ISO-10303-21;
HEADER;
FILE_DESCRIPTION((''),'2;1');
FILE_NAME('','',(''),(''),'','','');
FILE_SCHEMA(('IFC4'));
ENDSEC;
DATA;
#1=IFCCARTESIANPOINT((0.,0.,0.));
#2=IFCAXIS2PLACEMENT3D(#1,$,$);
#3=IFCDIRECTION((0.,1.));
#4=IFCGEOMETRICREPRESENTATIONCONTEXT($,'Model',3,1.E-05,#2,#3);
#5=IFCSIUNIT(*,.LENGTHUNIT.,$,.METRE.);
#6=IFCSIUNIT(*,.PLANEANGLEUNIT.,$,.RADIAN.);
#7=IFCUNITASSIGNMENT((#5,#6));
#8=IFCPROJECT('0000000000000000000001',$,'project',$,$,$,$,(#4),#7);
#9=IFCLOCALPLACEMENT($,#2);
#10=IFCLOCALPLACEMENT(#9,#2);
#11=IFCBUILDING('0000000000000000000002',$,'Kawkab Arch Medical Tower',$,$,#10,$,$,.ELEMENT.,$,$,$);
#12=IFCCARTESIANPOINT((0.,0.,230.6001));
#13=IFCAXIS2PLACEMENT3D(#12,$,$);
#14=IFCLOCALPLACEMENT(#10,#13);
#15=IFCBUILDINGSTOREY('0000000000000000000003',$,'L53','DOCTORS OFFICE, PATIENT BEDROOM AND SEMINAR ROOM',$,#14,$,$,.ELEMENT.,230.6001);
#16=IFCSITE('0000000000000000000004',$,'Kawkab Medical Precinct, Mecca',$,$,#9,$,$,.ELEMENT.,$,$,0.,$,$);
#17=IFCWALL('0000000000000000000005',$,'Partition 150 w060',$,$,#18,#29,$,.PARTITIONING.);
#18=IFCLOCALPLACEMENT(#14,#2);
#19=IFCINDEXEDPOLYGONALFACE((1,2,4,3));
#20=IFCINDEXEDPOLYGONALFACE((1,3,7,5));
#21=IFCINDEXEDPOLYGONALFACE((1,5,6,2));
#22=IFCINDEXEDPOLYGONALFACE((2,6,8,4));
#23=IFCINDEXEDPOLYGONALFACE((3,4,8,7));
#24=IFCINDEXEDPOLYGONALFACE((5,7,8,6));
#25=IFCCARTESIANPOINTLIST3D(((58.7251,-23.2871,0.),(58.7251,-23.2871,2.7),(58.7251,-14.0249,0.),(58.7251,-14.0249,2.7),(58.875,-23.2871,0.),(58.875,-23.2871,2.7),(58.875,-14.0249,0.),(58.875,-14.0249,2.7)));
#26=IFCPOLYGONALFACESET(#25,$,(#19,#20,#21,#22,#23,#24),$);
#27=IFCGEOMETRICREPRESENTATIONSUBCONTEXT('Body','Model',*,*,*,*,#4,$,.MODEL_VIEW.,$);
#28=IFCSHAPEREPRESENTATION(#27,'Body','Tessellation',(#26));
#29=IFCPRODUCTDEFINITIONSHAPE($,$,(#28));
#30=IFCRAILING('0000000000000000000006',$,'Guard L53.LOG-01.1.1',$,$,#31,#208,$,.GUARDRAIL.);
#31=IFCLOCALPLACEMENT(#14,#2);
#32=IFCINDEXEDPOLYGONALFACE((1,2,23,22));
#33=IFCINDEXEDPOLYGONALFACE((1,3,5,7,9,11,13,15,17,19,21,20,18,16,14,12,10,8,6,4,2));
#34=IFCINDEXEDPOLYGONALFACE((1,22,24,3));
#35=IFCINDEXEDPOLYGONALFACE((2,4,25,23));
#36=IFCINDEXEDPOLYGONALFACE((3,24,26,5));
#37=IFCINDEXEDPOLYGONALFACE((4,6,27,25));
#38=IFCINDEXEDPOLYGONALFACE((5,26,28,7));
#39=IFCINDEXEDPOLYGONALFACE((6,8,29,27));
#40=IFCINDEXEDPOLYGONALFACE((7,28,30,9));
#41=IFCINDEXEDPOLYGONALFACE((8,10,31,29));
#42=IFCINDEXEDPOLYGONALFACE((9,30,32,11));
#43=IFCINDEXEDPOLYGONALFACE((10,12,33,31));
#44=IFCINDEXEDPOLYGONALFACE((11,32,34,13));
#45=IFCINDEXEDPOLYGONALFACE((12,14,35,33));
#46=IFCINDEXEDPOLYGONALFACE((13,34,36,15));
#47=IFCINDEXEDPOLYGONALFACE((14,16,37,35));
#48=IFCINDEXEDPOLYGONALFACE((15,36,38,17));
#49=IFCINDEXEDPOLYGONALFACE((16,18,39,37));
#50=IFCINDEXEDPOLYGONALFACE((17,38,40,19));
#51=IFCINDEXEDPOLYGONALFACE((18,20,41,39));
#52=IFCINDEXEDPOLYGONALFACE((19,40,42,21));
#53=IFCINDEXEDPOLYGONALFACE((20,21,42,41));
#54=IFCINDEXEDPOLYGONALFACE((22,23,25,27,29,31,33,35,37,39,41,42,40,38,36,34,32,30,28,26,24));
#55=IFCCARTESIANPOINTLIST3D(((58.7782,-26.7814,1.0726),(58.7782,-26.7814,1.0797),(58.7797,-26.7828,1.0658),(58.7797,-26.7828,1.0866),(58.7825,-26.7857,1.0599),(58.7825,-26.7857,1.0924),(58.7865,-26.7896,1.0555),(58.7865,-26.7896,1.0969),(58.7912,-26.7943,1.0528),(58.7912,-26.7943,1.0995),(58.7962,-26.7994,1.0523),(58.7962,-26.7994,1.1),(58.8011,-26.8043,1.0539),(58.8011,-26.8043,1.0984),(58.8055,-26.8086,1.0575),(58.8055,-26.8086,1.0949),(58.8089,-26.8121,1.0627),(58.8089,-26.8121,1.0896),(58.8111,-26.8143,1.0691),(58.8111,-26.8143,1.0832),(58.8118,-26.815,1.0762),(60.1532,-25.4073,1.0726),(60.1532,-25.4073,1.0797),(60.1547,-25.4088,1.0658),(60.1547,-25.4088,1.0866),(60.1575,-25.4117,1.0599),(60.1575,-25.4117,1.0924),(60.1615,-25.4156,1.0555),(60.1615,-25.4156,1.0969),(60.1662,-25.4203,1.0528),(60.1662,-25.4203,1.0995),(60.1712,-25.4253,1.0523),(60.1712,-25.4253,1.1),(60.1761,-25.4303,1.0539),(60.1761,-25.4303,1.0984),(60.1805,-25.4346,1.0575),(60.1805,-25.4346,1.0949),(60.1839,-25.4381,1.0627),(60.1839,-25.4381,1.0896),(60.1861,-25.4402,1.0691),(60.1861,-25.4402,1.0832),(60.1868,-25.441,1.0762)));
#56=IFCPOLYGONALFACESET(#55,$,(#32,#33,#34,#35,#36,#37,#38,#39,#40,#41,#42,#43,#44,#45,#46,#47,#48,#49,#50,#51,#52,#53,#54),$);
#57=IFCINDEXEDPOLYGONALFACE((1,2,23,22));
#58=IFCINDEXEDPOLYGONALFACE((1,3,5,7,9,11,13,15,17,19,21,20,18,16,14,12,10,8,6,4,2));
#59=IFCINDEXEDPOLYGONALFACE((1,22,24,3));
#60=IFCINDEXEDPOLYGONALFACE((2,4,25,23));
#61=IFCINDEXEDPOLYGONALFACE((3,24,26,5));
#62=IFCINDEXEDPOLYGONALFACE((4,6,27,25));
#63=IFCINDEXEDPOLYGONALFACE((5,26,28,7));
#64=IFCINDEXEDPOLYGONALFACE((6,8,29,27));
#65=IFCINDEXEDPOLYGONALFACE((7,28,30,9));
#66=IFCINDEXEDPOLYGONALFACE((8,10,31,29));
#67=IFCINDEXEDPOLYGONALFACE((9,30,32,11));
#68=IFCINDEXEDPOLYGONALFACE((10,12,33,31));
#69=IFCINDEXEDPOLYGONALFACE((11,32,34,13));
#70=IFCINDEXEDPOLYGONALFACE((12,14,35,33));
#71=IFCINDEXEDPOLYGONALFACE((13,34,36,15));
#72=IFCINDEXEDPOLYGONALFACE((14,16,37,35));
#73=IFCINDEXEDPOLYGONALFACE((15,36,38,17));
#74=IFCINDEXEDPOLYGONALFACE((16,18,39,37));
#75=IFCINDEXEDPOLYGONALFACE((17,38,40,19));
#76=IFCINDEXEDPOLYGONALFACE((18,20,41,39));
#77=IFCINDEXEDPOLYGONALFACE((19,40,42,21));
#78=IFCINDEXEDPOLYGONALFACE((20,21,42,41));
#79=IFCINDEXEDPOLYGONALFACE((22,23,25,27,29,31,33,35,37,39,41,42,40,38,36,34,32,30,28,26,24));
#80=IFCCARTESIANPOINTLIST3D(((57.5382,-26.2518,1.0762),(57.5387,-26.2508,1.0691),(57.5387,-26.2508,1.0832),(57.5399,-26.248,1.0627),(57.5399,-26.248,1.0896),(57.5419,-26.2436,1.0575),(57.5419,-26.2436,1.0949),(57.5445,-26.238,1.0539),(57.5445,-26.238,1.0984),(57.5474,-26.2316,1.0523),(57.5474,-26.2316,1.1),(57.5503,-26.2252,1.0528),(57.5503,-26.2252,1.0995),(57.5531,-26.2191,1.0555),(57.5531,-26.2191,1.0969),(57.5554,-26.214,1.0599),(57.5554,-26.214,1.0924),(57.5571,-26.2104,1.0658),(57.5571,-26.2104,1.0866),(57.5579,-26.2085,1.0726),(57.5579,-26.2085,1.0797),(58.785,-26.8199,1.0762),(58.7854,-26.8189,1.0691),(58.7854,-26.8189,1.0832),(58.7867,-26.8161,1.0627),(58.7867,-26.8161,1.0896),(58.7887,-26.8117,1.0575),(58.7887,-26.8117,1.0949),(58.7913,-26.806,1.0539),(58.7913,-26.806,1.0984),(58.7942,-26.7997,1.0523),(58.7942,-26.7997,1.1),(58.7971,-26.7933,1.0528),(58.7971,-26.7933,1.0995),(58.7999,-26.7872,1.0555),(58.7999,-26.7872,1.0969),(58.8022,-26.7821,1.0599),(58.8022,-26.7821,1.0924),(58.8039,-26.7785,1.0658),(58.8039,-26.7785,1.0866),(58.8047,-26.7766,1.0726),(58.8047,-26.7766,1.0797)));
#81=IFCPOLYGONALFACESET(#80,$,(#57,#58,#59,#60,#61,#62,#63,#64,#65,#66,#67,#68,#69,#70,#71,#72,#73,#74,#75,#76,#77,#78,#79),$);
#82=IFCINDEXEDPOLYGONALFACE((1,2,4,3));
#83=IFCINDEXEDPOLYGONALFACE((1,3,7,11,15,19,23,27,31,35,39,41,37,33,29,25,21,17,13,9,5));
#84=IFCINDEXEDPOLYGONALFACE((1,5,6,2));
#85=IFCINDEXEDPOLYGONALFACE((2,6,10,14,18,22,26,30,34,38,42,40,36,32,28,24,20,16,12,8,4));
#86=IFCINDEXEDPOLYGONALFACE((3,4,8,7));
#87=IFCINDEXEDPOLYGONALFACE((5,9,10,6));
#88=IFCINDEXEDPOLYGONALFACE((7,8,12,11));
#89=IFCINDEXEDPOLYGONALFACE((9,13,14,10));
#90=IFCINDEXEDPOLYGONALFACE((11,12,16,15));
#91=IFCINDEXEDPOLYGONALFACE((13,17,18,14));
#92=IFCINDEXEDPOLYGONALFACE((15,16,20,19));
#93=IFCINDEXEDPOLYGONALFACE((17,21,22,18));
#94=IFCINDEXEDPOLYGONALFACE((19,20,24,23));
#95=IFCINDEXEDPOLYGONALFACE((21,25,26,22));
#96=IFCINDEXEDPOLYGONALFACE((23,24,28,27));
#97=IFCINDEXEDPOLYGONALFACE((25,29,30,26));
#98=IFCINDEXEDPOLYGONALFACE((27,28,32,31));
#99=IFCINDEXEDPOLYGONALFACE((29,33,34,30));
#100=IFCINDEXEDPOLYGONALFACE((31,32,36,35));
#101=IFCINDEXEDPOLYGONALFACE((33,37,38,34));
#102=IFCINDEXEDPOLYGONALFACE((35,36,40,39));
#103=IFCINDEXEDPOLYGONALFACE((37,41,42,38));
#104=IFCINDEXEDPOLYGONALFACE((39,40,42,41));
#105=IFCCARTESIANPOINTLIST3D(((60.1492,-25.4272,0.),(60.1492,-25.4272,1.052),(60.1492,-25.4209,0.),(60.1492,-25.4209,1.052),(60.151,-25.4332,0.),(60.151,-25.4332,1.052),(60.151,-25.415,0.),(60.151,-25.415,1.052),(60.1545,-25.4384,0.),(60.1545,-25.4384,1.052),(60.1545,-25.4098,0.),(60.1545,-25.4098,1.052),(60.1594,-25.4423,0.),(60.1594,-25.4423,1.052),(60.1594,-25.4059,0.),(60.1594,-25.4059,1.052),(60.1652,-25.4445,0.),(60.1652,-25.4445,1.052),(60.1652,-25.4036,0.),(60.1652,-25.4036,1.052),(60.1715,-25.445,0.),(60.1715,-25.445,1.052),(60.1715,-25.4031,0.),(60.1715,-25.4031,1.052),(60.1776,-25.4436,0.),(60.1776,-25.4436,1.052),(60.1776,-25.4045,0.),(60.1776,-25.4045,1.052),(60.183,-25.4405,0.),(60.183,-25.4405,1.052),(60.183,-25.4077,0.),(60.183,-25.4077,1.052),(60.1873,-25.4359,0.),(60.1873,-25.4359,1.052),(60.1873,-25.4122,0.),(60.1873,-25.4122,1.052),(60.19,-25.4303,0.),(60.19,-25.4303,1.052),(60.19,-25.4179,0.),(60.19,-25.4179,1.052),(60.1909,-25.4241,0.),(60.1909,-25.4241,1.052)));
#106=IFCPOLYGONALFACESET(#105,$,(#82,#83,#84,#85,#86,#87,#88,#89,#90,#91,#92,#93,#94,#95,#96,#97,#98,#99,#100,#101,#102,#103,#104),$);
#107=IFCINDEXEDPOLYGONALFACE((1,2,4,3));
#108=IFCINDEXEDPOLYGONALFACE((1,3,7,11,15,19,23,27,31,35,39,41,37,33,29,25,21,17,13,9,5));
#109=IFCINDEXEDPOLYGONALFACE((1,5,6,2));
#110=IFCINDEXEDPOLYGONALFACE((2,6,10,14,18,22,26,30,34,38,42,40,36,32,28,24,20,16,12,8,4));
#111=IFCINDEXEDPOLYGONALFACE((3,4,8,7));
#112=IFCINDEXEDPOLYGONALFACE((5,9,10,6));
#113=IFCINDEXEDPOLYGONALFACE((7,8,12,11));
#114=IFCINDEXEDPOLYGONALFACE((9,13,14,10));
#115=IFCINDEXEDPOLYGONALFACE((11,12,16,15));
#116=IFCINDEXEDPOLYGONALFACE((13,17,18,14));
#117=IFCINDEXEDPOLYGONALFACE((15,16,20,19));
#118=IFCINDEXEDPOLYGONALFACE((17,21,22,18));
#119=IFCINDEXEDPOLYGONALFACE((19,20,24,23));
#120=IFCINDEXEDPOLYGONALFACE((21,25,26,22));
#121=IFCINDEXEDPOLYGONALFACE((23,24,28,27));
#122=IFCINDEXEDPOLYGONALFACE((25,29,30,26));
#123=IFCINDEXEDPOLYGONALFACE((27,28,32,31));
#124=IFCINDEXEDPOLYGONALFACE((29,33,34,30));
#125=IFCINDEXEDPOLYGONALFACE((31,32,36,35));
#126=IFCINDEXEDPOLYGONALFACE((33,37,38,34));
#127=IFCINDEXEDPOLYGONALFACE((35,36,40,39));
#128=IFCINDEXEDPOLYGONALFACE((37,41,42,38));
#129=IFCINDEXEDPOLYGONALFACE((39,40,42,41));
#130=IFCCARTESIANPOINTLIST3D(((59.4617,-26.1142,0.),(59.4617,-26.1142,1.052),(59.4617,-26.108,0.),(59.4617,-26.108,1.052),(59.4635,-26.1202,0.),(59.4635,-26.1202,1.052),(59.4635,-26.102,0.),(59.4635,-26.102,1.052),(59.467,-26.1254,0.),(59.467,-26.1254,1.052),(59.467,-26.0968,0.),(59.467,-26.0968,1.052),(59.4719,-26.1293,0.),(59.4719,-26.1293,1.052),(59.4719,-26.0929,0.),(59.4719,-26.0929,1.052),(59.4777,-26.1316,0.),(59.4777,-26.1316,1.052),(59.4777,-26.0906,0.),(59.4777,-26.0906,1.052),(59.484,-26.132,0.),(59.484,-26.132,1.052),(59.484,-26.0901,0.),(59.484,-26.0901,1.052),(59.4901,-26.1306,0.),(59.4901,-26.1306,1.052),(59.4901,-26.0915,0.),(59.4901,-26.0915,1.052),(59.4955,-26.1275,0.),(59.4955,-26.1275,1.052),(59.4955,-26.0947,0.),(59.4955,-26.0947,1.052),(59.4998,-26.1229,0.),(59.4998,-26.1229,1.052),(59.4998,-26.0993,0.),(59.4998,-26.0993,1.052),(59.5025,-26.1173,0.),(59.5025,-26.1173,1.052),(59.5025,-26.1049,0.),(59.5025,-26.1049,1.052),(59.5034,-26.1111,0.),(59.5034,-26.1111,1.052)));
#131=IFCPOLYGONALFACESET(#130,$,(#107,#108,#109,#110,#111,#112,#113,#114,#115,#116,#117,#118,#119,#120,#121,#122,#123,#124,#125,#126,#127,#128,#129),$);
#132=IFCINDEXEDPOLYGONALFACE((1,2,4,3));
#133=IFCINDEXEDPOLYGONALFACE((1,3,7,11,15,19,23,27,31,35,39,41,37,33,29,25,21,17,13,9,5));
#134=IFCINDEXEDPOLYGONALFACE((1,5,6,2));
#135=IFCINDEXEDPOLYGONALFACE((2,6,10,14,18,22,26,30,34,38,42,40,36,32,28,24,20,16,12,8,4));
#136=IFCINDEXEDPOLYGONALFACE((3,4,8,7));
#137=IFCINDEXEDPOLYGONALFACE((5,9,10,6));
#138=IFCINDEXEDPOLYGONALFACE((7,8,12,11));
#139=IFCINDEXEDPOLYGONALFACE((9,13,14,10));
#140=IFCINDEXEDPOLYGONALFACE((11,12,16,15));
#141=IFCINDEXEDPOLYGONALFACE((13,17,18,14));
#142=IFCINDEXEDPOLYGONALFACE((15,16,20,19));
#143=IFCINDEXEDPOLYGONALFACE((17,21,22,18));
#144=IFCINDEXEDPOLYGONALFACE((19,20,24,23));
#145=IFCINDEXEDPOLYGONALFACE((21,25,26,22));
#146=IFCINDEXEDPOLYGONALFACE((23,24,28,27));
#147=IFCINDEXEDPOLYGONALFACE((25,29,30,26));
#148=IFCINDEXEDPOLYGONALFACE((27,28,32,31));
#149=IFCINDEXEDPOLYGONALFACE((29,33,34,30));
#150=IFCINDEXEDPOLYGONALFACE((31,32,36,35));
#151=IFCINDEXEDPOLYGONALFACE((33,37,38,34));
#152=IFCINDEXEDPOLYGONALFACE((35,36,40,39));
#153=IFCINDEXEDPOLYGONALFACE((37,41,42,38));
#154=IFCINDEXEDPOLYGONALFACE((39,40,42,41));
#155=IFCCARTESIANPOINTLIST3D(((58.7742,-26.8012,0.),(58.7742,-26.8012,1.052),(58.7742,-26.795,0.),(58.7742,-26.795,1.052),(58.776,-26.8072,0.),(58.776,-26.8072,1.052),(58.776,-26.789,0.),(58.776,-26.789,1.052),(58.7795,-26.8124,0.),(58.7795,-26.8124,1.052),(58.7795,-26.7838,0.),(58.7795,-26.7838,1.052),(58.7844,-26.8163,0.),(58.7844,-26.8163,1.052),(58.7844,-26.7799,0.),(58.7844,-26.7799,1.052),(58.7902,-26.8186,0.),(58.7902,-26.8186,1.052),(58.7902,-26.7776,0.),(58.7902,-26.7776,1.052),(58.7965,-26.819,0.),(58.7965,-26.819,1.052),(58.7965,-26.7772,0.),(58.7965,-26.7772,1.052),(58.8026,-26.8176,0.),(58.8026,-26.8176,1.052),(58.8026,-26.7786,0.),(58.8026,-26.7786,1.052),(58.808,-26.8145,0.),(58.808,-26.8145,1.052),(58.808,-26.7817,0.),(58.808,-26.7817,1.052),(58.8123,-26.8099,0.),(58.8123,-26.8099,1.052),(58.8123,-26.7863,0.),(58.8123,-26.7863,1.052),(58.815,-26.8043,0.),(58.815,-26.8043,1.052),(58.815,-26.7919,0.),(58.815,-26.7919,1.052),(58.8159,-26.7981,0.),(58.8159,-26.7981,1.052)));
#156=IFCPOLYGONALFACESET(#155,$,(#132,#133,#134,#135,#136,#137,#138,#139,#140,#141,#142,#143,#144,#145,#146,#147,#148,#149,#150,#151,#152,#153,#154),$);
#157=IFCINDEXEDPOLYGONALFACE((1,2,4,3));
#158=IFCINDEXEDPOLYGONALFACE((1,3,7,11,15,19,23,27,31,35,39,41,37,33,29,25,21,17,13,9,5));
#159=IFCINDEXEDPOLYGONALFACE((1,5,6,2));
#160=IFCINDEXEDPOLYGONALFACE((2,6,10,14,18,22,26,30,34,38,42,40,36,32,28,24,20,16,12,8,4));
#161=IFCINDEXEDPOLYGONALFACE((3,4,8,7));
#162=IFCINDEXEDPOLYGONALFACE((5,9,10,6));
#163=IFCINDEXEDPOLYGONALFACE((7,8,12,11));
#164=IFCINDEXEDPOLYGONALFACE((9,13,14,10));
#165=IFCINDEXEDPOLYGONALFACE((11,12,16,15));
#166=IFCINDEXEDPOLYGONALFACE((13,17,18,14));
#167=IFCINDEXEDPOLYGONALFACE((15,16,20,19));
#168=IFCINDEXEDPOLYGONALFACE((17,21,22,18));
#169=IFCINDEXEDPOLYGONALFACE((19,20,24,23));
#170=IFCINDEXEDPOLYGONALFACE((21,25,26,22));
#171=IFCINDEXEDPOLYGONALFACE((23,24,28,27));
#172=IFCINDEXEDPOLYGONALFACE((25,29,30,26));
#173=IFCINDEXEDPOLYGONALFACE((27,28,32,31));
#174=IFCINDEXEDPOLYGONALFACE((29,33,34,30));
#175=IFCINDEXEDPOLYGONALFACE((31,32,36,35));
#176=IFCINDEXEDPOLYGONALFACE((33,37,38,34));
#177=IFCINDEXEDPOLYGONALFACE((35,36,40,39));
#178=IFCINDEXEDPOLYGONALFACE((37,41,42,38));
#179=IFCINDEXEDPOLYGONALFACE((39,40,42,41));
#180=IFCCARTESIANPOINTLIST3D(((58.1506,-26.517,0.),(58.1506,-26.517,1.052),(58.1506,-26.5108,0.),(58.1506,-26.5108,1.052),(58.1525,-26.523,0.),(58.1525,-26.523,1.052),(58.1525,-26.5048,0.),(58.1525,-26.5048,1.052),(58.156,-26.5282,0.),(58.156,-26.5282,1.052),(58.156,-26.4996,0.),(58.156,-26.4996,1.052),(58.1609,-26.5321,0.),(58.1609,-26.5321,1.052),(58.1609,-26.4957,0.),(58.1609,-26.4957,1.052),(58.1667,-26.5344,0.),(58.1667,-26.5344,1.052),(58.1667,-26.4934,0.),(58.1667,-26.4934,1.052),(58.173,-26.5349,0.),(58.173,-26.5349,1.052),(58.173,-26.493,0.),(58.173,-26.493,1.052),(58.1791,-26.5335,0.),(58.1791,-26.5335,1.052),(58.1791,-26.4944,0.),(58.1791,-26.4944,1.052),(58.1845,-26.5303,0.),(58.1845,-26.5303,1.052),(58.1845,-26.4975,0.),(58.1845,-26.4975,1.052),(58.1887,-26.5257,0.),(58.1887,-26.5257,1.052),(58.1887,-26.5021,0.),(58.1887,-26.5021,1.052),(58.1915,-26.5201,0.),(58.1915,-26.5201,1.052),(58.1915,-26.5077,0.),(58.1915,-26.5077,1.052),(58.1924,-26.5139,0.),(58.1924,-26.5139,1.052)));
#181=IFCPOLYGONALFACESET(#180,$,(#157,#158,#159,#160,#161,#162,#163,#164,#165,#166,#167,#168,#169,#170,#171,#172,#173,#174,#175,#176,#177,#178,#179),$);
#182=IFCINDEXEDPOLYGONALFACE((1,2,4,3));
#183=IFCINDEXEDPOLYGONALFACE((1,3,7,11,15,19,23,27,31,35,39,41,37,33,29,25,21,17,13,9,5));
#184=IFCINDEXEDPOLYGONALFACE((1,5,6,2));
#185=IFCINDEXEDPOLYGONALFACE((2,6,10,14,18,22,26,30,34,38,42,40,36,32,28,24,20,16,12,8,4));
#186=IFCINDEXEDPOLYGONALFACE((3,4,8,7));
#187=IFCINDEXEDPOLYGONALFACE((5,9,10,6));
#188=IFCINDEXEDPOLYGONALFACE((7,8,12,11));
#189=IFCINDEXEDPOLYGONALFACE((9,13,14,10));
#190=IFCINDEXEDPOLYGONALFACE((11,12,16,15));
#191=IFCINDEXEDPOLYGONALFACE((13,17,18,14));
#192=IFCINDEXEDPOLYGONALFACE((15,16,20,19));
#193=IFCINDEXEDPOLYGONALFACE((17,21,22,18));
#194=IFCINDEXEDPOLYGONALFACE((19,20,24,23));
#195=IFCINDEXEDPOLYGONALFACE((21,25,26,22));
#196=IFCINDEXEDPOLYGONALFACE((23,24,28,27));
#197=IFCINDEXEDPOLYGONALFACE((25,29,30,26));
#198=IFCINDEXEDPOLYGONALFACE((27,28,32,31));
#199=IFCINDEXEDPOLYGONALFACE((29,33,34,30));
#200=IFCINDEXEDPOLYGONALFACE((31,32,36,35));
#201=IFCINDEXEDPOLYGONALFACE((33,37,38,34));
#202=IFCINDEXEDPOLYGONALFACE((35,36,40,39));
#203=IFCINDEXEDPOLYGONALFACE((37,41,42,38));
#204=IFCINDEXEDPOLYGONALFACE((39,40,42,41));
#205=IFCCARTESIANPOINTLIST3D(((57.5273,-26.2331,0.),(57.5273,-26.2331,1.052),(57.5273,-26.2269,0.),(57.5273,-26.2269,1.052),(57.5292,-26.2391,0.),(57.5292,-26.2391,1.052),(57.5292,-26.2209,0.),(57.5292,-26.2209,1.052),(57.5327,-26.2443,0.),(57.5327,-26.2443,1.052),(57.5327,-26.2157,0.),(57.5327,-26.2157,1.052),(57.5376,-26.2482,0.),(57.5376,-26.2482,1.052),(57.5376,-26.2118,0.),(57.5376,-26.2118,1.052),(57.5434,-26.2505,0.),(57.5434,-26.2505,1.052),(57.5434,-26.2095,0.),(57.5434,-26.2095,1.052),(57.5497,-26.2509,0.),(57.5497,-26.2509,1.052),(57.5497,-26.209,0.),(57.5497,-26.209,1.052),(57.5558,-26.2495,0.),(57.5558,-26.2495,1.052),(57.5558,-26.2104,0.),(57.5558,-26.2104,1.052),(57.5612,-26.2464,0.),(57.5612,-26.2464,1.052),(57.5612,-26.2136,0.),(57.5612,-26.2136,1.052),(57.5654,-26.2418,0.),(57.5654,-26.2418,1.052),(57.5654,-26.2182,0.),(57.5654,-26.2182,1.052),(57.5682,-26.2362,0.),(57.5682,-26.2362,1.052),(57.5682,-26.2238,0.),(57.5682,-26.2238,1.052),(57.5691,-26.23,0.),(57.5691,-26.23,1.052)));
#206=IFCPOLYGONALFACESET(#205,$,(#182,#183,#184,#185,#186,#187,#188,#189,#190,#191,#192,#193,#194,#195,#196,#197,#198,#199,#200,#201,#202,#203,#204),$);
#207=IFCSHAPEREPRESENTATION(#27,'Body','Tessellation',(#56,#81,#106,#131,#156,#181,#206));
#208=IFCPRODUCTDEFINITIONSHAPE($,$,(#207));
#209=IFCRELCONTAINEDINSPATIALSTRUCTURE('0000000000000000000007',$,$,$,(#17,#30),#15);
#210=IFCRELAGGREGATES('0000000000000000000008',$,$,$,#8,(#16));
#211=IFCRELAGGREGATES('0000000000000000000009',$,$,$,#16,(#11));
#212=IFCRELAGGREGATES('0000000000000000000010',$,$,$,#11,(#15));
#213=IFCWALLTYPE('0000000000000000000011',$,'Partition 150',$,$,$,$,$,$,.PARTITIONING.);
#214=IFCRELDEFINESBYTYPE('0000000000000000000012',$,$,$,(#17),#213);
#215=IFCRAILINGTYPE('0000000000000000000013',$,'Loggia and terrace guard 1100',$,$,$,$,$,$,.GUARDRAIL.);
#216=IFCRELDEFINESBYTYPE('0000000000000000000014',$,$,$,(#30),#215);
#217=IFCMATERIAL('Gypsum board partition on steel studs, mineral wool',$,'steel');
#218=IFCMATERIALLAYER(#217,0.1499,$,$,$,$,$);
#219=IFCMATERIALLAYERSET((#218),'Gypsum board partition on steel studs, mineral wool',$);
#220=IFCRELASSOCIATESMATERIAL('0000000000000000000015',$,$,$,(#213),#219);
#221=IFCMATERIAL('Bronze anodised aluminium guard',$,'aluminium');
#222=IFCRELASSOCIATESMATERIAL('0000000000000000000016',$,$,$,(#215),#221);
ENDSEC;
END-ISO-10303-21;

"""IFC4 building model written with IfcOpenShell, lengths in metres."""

from ifc_helpers import new_model, si_unit, direction, frame, frame_2d, origin, origin_2d, place, context, subcontext, project, spatial, rectangle, circle, extrude, material, layer, layer_set, type_object, element, save


model = new_model("IFC4")

# Units and contexts
model_context = context("Model", 3, precision=1e-05, world=origin(), true_north=direction((0.0, 1.0)))
body_context = subcontext(model_context, "Body", "Model", "MODEL_VIEW")
ifc_project = project(units=[si_unit("LENGTHUNIT", "METRE"), si_unit("PLANEANGLEUNIT", "RADIAN")], contexts=[model_context])

# Site, building, storey
site_placement = place(None, origin())
site = spatial("IfcSite", under=ifc_project, at=site_placement, Name="Kawkab Medical Precinct, Mecca", CompositionType="ELEMENT", RefElevation=0.0)
building_placement = place(site_placement, origin())
building = spatial("IfcBuilding", under=site, at=building_placement, Name="Kawkab Arch Medical Tower", CompositionType="ELEMENT")
storey_placement = place(building_placement, frame((0.0, 0.0, 230.6001)))
storey = spatial("IfcBuildingStorey", under=building, at=storey_placement, Name="L53", Description="DOCTORS OFFICE, PATIENT BEDROOM AND SEMINAR ROOM", CompositionType="ELEMENT", Elevation=230.6001)

# Wall
ifc_material_1 = material(Name="Gypsum board partition on steel studs, mineral wool", Category="steel")
ifc_layer_1 = layer(ifc_material_1, 0.1499)
ifc_layer_set_1 = layer_set([ifc_layer_1], Name="Gypsum board partition on steel studs, mineral wool")
wall_type_1 = type_object("IfcWallType", Name="Partition 150", PredefinedType="PARTITIONING", material=ifc_layer_set_1)
wall_1_placement = place(storey_placement, frame((58.8, -23.2871, 0.0), z_axis=(0.0, 0.0, 1.0), x_axis=(0.0, 1.0, 0.0)))
element("IfcWall", 1, at=wall_1_placement, inside=storey, type_object=wall_type_1, Name="Partition 150 w060", PredefinedType="PARTITIONING", context=body_context, shape_type="SweptSolid", body=[
    extrude(rectangle(XDim=9.2622, YDim=0.1499, at=frame_2d((4.6311, 0.0))), origin(), (0.0, 0.0, 1.0), 2.7),
])

# Railing
ifc_material_2 = material(Name="Bronze anodised aluminium guard", Category="aluminium")
railing_type_1 = type_object("IfcRailingType", Name="Loggia and terrace guard 1100", PredefinedType="GUARDRAIL", material=ifc_material_2)
railing_1_placement = place(storey_placement, frame((60.1699, -25.4241, 0.0)))
element("IfcRailing", 2, at=railing_1_placement, inside=storey, type_object=railing_type_1, Name="Guard L53.LOG-01.1.1", PredefinedType="GUARDRAIL", context=body_context, shape_type="SweptSolid", body=[
    extrude(circle(Radius=0.0239, at=origin_2d()), frame((0.0, 0.0, 1.0762), z_axis=(-0.707358, -0.706856, 0.0), x_axis=(0.706856, -0.707358, 0.0)), (0.0, 0.0, 1.0), 1.9438),
    extrude(circle(Radius=0.0239, at=origin_2d()), frame((-1.375, -1.374, 1.0762), z_axis=(-0.909988, 0.414635, 0.0), x_axis=(-0.414635, -0.909988, 0.0)), (0.0, 0.0, 1.0), 1.3701),
    extrude(circle(Radius=0.021, at=origin_2d()), origin(), (0.0, 0.0, 1.0), 1.052),
    extrude(circle(Radius=0.021, at=origin_2d()), frame((-0.6875, -0.687, 0.0)), (0.0, 0.0, 1.0), 1.052),
    extrude(circle(Radius=0.021, at=origin_2d()), frame((-1.375, -1.374, 0.0)), (0.0, 0.0, 1.0), 1.052),
    extrude(circle(Radius=0.021, at=origin_2d()), frame((-1.9985, -1.0898, 0.0)), (0.0, 0.0, 1.0), 1.052),
    extrude(circle(Radius=0.021, at=origin_2d()), frame((-2.6218, -0.8059, 0.0)), (0.0, 0.0, 1.0), 1.052),
])

save(model, "model.ifc")
